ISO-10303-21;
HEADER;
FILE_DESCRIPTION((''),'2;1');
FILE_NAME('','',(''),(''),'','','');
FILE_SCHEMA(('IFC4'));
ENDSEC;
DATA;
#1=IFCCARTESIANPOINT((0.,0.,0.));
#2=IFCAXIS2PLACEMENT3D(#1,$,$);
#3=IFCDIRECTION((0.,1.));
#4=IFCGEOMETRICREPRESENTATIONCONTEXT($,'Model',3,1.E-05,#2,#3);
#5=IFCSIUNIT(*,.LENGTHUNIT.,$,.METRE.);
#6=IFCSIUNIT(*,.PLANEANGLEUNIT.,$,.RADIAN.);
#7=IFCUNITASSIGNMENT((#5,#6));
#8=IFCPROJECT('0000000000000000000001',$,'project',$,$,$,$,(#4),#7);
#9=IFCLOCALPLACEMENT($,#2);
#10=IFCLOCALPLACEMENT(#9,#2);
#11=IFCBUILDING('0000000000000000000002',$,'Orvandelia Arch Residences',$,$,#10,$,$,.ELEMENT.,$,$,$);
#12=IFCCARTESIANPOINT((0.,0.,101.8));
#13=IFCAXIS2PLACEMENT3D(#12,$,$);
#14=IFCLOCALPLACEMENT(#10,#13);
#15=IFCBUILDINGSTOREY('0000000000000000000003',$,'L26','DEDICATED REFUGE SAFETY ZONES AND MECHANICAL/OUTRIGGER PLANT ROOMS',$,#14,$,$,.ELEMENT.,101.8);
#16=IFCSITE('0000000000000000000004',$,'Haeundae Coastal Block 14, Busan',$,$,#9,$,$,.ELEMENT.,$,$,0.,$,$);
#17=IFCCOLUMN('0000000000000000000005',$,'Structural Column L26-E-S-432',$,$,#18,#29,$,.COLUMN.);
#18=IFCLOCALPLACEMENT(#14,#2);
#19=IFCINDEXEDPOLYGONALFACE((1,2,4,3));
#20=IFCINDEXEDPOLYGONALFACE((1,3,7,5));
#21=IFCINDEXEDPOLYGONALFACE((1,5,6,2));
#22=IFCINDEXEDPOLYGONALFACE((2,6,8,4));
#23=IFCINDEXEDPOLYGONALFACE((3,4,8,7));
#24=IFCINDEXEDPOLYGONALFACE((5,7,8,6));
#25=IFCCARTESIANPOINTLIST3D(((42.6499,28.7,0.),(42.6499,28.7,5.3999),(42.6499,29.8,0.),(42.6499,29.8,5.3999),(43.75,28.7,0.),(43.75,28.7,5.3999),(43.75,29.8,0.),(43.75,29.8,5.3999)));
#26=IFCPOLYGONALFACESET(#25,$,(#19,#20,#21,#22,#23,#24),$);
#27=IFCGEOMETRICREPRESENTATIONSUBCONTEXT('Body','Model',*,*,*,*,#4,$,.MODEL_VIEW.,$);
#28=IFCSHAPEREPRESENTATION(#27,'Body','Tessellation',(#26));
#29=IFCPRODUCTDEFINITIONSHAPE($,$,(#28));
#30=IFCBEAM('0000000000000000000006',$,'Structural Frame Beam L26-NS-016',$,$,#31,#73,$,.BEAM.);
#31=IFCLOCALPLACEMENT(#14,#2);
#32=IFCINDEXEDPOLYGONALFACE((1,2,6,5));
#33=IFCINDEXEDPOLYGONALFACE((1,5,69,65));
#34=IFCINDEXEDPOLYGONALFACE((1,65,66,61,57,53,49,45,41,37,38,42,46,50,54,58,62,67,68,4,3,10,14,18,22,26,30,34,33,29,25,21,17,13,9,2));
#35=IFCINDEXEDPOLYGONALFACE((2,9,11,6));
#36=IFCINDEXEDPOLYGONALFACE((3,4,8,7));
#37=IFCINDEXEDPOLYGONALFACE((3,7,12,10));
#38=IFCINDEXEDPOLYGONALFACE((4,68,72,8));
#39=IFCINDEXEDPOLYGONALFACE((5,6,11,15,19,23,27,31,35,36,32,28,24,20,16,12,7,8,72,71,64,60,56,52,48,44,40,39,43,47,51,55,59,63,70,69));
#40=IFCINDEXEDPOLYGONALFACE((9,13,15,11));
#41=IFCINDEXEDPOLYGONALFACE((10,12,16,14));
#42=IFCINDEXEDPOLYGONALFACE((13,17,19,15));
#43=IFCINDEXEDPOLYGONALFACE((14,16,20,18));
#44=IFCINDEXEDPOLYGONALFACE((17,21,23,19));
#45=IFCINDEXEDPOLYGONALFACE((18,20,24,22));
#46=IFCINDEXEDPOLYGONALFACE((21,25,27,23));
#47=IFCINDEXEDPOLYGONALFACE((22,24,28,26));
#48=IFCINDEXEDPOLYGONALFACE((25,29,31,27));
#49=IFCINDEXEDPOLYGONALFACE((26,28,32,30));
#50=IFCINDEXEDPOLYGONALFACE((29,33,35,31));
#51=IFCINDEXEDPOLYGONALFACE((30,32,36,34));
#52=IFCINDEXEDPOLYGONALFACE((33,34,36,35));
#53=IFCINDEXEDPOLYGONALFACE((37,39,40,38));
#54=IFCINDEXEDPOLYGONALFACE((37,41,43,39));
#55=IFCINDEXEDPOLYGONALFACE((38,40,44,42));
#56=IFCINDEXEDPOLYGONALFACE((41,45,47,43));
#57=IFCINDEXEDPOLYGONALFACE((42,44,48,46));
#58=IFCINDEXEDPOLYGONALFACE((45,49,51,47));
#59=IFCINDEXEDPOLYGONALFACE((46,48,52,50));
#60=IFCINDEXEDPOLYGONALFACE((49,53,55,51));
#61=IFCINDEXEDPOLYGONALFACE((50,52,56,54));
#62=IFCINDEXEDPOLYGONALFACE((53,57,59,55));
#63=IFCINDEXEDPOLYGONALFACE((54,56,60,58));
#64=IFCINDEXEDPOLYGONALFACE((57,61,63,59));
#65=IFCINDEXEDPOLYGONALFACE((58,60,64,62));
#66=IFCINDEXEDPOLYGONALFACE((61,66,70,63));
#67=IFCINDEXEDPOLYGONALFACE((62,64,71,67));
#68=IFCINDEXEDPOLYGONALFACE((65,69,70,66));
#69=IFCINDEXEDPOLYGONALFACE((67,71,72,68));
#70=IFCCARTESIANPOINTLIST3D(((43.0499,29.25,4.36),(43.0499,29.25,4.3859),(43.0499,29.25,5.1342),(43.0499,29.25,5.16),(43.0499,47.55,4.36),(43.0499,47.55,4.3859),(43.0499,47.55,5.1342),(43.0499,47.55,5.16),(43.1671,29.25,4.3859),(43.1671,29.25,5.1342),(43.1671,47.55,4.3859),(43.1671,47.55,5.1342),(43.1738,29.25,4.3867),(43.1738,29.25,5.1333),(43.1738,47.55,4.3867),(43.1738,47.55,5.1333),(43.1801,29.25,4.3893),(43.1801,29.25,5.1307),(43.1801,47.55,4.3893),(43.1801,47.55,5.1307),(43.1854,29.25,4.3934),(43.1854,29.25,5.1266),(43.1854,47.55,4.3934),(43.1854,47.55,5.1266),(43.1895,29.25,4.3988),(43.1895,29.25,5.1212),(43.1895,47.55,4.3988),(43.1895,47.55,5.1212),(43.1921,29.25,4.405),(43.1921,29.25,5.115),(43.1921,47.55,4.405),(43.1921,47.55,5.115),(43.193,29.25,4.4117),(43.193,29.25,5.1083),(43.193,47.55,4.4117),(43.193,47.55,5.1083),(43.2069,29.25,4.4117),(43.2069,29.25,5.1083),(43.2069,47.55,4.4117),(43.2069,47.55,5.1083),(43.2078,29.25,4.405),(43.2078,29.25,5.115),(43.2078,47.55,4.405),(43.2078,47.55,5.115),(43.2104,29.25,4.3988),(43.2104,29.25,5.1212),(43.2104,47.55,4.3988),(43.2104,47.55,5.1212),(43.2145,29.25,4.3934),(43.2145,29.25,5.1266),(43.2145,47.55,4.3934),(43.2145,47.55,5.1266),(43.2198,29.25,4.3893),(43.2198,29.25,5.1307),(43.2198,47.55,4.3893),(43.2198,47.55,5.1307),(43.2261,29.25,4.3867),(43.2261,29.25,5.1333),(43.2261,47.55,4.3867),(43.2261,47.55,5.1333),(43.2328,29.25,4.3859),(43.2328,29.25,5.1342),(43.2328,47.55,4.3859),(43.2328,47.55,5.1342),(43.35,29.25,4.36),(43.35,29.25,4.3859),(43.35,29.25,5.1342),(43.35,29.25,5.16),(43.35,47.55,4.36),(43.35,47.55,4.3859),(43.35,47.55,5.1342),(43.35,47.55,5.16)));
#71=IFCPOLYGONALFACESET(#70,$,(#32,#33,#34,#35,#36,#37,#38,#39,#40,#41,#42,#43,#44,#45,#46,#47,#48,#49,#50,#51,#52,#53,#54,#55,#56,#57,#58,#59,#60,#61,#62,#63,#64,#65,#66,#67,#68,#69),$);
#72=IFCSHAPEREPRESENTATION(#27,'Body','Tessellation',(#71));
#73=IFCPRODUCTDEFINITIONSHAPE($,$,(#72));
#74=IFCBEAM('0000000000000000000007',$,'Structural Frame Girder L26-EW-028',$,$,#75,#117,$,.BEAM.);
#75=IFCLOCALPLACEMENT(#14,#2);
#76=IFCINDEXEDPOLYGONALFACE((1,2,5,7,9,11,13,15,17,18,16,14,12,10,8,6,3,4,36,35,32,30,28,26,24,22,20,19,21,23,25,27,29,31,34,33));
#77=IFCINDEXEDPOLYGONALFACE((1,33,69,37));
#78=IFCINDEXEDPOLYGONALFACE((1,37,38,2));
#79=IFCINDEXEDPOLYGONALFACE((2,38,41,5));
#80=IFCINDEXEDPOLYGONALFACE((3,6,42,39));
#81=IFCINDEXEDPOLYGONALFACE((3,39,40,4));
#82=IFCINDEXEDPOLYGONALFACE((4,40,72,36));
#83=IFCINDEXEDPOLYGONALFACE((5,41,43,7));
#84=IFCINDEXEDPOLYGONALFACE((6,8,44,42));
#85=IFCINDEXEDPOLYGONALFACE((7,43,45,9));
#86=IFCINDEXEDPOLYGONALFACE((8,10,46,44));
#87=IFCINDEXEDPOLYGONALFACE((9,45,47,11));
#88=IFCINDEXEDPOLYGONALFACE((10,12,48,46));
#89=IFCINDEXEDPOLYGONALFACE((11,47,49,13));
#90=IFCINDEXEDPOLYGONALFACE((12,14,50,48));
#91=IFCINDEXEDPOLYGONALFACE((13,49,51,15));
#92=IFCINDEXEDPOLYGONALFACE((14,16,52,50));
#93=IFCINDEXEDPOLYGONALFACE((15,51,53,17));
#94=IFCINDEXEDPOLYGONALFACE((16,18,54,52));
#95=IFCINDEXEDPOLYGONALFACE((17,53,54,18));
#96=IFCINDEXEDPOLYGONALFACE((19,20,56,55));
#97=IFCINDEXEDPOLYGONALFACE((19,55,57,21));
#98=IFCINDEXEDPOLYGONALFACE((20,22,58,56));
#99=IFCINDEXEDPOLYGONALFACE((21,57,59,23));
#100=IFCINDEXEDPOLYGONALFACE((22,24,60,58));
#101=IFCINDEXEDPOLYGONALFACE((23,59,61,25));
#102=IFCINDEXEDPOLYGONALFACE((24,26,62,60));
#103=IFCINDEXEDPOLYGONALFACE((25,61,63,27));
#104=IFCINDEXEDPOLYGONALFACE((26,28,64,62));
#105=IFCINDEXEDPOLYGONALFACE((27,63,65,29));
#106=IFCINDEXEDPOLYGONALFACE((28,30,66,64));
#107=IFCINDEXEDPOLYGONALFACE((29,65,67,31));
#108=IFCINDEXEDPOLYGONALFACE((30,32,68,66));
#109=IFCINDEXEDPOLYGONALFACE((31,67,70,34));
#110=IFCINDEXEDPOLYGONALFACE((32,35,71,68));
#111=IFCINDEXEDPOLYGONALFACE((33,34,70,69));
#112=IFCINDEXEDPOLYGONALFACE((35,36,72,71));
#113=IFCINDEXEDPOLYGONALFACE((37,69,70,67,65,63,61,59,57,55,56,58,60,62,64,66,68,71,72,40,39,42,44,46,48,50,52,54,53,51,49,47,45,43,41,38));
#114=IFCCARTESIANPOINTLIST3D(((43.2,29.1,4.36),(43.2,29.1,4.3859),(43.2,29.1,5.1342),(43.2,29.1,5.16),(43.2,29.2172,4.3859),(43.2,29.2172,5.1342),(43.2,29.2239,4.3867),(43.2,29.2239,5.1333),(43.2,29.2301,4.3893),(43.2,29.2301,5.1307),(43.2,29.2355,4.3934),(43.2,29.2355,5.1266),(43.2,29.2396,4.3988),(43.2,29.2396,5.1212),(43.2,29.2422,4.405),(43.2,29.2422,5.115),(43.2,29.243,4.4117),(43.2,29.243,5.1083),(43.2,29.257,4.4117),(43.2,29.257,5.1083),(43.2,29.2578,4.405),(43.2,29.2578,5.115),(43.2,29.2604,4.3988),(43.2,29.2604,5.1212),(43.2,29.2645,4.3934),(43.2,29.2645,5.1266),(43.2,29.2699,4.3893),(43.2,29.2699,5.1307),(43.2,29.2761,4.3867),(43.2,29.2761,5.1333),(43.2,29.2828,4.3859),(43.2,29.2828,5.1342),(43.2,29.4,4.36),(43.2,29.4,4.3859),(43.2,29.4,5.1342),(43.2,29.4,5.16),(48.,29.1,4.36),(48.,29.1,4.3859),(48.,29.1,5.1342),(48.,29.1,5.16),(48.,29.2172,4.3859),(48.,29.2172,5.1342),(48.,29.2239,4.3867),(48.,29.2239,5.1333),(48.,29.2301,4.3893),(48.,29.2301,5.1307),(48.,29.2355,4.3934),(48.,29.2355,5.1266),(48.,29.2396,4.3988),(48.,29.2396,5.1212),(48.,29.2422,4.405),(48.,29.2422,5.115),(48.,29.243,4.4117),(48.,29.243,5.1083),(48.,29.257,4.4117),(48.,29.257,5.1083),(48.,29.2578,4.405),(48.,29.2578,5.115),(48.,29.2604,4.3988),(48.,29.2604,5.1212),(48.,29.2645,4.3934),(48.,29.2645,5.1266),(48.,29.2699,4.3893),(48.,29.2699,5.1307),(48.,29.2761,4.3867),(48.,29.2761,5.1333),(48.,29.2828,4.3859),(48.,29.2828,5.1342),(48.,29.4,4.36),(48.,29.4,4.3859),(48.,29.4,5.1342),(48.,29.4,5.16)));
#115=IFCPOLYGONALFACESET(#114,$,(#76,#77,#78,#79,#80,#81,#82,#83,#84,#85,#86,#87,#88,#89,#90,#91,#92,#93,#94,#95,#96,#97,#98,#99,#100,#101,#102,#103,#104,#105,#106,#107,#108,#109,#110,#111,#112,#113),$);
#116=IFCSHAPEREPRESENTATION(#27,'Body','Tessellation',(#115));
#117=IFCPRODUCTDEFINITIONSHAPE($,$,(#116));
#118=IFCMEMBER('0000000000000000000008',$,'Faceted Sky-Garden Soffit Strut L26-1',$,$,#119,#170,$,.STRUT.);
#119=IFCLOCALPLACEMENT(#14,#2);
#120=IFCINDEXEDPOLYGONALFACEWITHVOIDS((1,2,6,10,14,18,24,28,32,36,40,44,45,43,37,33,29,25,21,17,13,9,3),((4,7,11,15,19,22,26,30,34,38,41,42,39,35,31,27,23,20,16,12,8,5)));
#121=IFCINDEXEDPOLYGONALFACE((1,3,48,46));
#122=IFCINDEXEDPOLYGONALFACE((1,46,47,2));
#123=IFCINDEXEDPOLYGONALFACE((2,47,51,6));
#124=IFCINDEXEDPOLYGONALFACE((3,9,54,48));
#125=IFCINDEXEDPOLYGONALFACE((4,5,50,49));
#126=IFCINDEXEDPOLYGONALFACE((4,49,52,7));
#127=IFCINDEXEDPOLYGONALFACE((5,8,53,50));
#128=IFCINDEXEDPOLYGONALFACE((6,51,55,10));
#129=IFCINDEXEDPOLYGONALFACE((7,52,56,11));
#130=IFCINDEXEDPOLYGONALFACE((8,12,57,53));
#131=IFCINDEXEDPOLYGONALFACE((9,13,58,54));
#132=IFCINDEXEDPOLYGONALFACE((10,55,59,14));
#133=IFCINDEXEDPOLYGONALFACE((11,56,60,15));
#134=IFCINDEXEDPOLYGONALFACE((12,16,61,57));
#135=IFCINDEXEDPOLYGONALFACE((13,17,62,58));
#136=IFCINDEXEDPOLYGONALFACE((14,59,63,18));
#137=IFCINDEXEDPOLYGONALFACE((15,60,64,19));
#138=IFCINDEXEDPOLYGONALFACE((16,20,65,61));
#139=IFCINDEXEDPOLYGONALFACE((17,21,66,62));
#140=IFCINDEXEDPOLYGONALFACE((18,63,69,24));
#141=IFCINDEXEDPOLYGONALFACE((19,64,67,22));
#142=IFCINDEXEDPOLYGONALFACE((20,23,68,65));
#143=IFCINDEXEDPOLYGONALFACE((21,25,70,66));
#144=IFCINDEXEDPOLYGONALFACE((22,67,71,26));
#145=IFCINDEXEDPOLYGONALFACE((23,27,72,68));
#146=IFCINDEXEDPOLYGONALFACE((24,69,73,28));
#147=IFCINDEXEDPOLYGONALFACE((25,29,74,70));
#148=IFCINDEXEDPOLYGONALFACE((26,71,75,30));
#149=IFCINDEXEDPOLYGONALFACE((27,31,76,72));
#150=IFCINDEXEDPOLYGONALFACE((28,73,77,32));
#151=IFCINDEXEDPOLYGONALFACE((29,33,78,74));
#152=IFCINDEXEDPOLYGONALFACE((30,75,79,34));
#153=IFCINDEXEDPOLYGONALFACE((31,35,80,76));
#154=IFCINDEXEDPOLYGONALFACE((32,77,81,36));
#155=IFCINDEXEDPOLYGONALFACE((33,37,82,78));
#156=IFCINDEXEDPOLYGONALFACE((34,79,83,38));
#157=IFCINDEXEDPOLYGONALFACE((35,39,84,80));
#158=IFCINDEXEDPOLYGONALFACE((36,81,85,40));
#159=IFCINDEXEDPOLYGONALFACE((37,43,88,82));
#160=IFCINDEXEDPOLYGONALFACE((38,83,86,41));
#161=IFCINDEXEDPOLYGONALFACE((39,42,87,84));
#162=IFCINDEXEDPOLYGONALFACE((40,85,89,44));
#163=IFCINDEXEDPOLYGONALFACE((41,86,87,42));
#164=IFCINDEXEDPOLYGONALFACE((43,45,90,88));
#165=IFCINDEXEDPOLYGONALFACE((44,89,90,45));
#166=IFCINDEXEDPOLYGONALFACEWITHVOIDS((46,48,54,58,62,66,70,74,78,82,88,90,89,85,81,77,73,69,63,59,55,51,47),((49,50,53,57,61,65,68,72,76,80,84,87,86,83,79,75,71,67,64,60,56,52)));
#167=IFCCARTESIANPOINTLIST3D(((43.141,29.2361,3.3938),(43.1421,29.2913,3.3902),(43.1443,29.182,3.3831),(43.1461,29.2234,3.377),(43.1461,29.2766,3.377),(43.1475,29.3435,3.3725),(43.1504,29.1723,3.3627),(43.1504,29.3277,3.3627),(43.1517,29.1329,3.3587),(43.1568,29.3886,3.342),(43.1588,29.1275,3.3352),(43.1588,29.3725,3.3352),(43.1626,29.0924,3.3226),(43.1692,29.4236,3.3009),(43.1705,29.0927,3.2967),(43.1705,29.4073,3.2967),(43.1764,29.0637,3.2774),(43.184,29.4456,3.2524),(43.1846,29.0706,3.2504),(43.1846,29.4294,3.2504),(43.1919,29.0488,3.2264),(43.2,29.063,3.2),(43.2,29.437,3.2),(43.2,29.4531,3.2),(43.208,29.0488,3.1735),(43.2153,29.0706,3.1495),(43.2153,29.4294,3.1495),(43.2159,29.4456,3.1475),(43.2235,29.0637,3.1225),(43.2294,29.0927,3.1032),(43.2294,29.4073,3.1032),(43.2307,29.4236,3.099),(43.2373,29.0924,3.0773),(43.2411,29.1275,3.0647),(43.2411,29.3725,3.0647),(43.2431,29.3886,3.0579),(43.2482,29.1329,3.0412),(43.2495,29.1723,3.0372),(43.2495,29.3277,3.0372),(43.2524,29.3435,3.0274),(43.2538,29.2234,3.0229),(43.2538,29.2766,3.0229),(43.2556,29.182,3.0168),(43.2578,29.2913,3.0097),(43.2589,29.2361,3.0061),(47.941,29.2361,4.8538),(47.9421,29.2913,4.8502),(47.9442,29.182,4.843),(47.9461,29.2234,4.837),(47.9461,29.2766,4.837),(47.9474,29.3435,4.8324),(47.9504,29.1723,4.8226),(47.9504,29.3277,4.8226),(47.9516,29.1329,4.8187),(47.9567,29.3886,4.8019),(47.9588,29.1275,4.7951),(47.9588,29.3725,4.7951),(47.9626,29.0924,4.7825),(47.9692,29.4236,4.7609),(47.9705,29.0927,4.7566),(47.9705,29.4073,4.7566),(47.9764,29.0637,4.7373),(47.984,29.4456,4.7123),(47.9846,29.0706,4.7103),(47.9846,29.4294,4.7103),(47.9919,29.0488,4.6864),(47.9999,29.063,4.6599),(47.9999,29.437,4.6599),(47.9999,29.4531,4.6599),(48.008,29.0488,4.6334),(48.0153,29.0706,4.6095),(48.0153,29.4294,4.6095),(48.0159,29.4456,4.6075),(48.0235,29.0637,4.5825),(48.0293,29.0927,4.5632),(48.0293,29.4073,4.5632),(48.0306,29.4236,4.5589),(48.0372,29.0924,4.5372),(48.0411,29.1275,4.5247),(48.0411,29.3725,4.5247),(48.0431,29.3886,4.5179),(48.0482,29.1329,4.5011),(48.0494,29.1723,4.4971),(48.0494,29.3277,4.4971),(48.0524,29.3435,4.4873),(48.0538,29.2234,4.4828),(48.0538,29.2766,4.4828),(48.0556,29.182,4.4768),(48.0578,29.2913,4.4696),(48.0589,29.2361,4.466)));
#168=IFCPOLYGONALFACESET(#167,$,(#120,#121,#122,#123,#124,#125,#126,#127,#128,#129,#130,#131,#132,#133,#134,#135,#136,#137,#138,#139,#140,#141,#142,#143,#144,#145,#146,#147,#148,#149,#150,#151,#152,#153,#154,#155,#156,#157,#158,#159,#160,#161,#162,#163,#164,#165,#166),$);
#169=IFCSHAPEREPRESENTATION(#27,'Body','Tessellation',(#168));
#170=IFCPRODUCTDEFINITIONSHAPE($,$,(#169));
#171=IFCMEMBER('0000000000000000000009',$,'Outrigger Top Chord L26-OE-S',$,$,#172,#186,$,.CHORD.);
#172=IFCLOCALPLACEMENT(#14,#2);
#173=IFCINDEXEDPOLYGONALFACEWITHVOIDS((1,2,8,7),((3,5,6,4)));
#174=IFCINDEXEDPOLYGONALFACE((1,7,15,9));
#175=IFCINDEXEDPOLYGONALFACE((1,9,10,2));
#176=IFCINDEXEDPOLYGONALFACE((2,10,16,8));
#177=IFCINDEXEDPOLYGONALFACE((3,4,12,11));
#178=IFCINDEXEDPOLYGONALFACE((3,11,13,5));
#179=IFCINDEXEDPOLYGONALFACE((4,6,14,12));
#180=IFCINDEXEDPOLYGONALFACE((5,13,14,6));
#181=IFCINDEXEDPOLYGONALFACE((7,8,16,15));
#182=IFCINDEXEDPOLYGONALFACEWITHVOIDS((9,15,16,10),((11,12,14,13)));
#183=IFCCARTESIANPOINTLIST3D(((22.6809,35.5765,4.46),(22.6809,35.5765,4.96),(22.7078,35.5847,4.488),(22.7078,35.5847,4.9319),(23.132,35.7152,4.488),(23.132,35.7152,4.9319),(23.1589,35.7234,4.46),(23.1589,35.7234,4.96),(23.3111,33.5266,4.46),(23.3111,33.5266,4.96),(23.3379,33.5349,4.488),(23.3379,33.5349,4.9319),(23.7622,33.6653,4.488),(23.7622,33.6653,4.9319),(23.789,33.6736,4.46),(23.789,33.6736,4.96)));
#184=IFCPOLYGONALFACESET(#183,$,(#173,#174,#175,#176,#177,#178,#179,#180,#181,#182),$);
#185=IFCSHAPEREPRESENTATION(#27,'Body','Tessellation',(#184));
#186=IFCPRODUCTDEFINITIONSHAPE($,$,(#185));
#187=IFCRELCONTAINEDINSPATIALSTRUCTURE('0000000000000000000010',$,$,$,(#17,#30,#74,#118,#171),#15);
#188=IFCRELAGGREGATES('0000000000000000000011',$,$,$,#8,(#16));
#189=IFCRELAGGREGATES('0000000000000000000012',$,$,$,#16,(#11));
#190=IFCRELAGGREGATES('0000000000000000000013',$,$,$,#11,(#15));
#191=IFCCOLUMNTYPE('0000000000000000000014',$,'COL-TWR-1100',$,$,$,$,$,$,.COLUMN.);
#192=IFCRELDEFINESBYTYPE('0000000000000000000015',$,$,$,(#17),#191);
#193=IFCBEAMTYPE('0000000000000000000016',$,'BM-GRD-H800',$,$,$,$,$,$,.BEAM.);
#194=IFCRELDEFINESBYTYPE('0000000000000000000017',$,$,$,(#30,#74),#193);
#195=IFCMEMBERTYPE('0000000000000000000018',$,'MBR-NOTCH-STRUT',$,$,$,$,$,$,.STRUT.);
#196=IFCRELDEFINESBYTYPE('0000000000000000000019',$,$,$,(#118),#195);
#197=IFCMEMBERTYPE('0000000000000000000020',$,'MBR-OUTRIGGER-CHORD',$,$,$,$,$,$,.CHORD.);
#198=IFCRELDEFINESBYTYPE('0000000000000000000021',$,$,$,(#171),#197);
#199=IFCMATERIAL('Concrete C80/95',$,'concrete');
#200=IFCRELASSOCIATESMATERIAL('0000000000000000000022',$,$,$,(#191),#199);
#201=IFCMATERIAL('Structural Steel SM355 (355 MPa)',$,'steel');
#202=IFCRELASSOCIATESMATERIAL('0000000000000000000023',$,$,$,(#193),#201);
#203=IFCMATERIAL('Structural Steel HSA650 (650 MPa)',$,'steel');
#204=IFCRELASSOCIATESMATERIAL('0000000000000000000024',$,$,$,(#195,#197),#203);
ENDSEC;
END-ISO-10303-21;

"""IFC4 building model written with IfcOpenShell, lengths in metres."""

from ifc_helpers import new_model, si_unit, direction, frame, origin, origin_2d, place, context, subcontext, project, spatial, rectangle, hollow_rectangle, hollow_circle, i_section, extrude, material, material_profile, profile_set, type_object, element, save


model = new_model("IFC4")

# Units and contexts
model_context = context("Model", 3, precision=1e-05, world=origin(), true_north=direction((0.0, 1.0)))
body_context = subcontext(model_context, "Body", "Model", "MODEL_VIEW")
ifc_project = project(units=[si_unit("LENGTHUNIT", "METRE"), si_unit("PLANEANGLEUNIT", "RADIAN")], contexts=[model_context])

# Site, building, storey
site_placement = place(None, origin())
site = spatial("IfcSite", under=ifc_project, at=site_placement, Name="Haeundae Coastal Block 14, Busan", CompositionType="ELEMENT", RefElevation=0.0)
building_placement = place(site_placement, origin())
building = spatial("IfcBuilding", under=site, at=building_placement, Name="Orvandelia Arch Residences", CompositionType="ELEMENT")
storey_placement = place(building_placement, frame((0.0, 0.0, 101.8)))
storey = spatial("IfcBuildingStorey", under=building, at=storey_placement, Name="L26", Description="DEDICATED REFUGE SAFETY ZONES AND MECHANICAL/OUTRIGGER PLANT ROOMS", CompositionType="ELEMENT", Elevation=101.8)

# Column
ifc_material_1 = material(Name="Concrete C80/95", Category="concrete")
ifc_material_profile_1 = material_profile(ifc_material_1, rectangle(XDim=1.1001, YDim=1.1001, at=origin_2d()), Name="Concrete C80/95", Category="concrete")
ifc_profile_set_1 = profile_set([ifc_material_profile_1], Name="Concrete C80/95")
column_type = type_object("IfcColumnType", Name="COL-TWR-1100", PredefinedType="COLUMN", material=ifc_profile_set_1)
column_placement = place(storey_placement, frame((43.2, 29.25, 0.0), z_axis=(0.0, 0.0, 1.0), x_axis=(1.0, 0.0, 0.0)))
element("IfcColumn", 1, at=column_placement, inside=storey, type_object=column_type, Name="Structural Column L26-E-S-432", PredefinedType="COLUMN", context=body_context, shape_type="SweptSolid", body=[
    extrude(rectangle(XDim=1.1001, YDim=1.1001, at=origin_2d()), origin(), (0.0, 0.0, 1.0), 5.3999),
])

# Beams
ifc_material_2 = material(Name="Structural Steel SM355 (355 MPa)", Category="steel")
ifc_material_profile_2 = material_profile(ifc_material_2, i_section(OverallWidth=0.3, OverallDepth=0.8, WebThickness=0.0139, FlangeThickness=0.0259, FilletRadius=0.0259, at=origin_2d()), Name="Structural Steel SM355 (355 MPa)", Category="steel")
ifc_profile_set_2 = profile_set([ifc_material_profile_2], Name="Structural Steel SM355 (355 MPa)")
beam_type = type_object("IfcBeamType", Name="BM-GRD-H800", PredefinedType="BEAM", material=ifc_profile_set_2)
beam_1_placement = place(storey_placement, frame((43.2, 29.25, 4.76), z_axis=(0.0, 1.0, 0.0), x_axis=(-1.0, 0.0, 0.0)))
element("IfcBeam", 2, at=beam_1_placement, inside=storey, type_object=beam_type, Name="Structural Frame Beam L26-NS-016", PredefinedType="BEAM", context=body_context, shape_type="SweptSolid", body=[
    extrude(i_section(OverallWidth=0.3, OverallDepth=0.8, WebThickness=0.0139, FlangeThickness=0.0259, FilletRadius=0.0259, at=origin_2d()), origin(), (0.0, 0.0, 1.0), 18.3),
])
beam_2_placement = place(storey_placement, frame((43.2, 29.25, 4.76), z_axis=(1.0, 0.0, 0.0), x_axis=(0.0, 1.0, 0.0)))
element("IfcBeam", 3, at=beam_2_placement, inside=storey, type_object=beam_type, Name="Structural Frame Girder L26-EW-028", PredefinedType="BEAM", context=body_context, shape_type="SweptSolid", body=[
    extrude(i_section(OverallWidth=0.3, OverallDepth=0.8, WebThickness=0.0139, FlangeThickness=0.0259, FilletRadius=0.0259, at=origin_2d()), origin(), (0.0, 0.0, 1.0), 4.8),
])

# Members
ifc_material_3 = material(Name="Structural Steel HSA650 (650 MPa)", Category="steel")
ifc_material_profile_3 = material_profile(ifc_material_3, hollow_circle(Radius=0.2031, WallThickness=0.0161, at=origin_2d()), Name="Structural Steel HSA650 (650 MPa)", Category="steel")
ifc_profile_set_3 = profile_set([ifc_material_profile_3], Name="Structural Steel HSA650 (650 MPa)")
member_type_1 = type_object("IfcMemberType", Name="MBR-NOTCH-STRUT", PredefinedType="STRUT", material=ifc_profile_set_3)
member_1_placement = place(storey_placement, frame((43.2, 29.25, 3.2), z_axis=(0.956725, 0.0, 0.290993), x_axis=(0.0, 1.0, 0.0)))
element("IfcMember", 4, at=member_1_placement, inside=storey, type_object=member_type_1, Name="Faceted Sky-Garden Soffit Strut L26-1", PredefinedType="STRUT", context=body_context, shape_type="SweptSolid", body=[
    extrude(hollow_circle(Radius=0.2031, WallThickness=0.0161, at=origin_2d()), origin(), (0.0, 0.0, 1.0), 5.0171),
])
ifc_material_profile_4 = material_profile(ifc_material_3, hollow_rectangle(XDim=0.5, YDim=0.5, WallThickness=0.0281, at=origin_2d()), Name="Structural Steel HSA650 (650 MPa)", Category="steel")
ifc_profile_set_4 = profile_set([ifc_material_profile_4], Name="Structural Steel HSA650 (650 MPa)")
member_type_2 = type_object("IfcMemberType", Name="MBR-OUTRIGGER-CHORD", PredefinedType="CHORD", material=ifc_profile_set_4)
member_2_placement = place(storey_placement, frame((23.55, 33.6001, 4.71), z_axis=(-0.293838, 0.955855, 0.0), x_axis=(-0.955855, -0.293838, 0.0)))
element("IfcMember", 5, at=member_2_placement, inside=storey, type_object=member_type_2, Name="Outrigger Top Chord L26-OE-S", PredefinedType="CHORD", context=body_context, shape_type="SweptSolid", body=[
    extrude(hollow_rectangle(XDim=0.5, YDim=0.5, WallThickness=0.0281, at=origin_2d()), origin(), (0.0, 0.0, 1.0), 2.1445),
])

save(model, "model.ifc")
